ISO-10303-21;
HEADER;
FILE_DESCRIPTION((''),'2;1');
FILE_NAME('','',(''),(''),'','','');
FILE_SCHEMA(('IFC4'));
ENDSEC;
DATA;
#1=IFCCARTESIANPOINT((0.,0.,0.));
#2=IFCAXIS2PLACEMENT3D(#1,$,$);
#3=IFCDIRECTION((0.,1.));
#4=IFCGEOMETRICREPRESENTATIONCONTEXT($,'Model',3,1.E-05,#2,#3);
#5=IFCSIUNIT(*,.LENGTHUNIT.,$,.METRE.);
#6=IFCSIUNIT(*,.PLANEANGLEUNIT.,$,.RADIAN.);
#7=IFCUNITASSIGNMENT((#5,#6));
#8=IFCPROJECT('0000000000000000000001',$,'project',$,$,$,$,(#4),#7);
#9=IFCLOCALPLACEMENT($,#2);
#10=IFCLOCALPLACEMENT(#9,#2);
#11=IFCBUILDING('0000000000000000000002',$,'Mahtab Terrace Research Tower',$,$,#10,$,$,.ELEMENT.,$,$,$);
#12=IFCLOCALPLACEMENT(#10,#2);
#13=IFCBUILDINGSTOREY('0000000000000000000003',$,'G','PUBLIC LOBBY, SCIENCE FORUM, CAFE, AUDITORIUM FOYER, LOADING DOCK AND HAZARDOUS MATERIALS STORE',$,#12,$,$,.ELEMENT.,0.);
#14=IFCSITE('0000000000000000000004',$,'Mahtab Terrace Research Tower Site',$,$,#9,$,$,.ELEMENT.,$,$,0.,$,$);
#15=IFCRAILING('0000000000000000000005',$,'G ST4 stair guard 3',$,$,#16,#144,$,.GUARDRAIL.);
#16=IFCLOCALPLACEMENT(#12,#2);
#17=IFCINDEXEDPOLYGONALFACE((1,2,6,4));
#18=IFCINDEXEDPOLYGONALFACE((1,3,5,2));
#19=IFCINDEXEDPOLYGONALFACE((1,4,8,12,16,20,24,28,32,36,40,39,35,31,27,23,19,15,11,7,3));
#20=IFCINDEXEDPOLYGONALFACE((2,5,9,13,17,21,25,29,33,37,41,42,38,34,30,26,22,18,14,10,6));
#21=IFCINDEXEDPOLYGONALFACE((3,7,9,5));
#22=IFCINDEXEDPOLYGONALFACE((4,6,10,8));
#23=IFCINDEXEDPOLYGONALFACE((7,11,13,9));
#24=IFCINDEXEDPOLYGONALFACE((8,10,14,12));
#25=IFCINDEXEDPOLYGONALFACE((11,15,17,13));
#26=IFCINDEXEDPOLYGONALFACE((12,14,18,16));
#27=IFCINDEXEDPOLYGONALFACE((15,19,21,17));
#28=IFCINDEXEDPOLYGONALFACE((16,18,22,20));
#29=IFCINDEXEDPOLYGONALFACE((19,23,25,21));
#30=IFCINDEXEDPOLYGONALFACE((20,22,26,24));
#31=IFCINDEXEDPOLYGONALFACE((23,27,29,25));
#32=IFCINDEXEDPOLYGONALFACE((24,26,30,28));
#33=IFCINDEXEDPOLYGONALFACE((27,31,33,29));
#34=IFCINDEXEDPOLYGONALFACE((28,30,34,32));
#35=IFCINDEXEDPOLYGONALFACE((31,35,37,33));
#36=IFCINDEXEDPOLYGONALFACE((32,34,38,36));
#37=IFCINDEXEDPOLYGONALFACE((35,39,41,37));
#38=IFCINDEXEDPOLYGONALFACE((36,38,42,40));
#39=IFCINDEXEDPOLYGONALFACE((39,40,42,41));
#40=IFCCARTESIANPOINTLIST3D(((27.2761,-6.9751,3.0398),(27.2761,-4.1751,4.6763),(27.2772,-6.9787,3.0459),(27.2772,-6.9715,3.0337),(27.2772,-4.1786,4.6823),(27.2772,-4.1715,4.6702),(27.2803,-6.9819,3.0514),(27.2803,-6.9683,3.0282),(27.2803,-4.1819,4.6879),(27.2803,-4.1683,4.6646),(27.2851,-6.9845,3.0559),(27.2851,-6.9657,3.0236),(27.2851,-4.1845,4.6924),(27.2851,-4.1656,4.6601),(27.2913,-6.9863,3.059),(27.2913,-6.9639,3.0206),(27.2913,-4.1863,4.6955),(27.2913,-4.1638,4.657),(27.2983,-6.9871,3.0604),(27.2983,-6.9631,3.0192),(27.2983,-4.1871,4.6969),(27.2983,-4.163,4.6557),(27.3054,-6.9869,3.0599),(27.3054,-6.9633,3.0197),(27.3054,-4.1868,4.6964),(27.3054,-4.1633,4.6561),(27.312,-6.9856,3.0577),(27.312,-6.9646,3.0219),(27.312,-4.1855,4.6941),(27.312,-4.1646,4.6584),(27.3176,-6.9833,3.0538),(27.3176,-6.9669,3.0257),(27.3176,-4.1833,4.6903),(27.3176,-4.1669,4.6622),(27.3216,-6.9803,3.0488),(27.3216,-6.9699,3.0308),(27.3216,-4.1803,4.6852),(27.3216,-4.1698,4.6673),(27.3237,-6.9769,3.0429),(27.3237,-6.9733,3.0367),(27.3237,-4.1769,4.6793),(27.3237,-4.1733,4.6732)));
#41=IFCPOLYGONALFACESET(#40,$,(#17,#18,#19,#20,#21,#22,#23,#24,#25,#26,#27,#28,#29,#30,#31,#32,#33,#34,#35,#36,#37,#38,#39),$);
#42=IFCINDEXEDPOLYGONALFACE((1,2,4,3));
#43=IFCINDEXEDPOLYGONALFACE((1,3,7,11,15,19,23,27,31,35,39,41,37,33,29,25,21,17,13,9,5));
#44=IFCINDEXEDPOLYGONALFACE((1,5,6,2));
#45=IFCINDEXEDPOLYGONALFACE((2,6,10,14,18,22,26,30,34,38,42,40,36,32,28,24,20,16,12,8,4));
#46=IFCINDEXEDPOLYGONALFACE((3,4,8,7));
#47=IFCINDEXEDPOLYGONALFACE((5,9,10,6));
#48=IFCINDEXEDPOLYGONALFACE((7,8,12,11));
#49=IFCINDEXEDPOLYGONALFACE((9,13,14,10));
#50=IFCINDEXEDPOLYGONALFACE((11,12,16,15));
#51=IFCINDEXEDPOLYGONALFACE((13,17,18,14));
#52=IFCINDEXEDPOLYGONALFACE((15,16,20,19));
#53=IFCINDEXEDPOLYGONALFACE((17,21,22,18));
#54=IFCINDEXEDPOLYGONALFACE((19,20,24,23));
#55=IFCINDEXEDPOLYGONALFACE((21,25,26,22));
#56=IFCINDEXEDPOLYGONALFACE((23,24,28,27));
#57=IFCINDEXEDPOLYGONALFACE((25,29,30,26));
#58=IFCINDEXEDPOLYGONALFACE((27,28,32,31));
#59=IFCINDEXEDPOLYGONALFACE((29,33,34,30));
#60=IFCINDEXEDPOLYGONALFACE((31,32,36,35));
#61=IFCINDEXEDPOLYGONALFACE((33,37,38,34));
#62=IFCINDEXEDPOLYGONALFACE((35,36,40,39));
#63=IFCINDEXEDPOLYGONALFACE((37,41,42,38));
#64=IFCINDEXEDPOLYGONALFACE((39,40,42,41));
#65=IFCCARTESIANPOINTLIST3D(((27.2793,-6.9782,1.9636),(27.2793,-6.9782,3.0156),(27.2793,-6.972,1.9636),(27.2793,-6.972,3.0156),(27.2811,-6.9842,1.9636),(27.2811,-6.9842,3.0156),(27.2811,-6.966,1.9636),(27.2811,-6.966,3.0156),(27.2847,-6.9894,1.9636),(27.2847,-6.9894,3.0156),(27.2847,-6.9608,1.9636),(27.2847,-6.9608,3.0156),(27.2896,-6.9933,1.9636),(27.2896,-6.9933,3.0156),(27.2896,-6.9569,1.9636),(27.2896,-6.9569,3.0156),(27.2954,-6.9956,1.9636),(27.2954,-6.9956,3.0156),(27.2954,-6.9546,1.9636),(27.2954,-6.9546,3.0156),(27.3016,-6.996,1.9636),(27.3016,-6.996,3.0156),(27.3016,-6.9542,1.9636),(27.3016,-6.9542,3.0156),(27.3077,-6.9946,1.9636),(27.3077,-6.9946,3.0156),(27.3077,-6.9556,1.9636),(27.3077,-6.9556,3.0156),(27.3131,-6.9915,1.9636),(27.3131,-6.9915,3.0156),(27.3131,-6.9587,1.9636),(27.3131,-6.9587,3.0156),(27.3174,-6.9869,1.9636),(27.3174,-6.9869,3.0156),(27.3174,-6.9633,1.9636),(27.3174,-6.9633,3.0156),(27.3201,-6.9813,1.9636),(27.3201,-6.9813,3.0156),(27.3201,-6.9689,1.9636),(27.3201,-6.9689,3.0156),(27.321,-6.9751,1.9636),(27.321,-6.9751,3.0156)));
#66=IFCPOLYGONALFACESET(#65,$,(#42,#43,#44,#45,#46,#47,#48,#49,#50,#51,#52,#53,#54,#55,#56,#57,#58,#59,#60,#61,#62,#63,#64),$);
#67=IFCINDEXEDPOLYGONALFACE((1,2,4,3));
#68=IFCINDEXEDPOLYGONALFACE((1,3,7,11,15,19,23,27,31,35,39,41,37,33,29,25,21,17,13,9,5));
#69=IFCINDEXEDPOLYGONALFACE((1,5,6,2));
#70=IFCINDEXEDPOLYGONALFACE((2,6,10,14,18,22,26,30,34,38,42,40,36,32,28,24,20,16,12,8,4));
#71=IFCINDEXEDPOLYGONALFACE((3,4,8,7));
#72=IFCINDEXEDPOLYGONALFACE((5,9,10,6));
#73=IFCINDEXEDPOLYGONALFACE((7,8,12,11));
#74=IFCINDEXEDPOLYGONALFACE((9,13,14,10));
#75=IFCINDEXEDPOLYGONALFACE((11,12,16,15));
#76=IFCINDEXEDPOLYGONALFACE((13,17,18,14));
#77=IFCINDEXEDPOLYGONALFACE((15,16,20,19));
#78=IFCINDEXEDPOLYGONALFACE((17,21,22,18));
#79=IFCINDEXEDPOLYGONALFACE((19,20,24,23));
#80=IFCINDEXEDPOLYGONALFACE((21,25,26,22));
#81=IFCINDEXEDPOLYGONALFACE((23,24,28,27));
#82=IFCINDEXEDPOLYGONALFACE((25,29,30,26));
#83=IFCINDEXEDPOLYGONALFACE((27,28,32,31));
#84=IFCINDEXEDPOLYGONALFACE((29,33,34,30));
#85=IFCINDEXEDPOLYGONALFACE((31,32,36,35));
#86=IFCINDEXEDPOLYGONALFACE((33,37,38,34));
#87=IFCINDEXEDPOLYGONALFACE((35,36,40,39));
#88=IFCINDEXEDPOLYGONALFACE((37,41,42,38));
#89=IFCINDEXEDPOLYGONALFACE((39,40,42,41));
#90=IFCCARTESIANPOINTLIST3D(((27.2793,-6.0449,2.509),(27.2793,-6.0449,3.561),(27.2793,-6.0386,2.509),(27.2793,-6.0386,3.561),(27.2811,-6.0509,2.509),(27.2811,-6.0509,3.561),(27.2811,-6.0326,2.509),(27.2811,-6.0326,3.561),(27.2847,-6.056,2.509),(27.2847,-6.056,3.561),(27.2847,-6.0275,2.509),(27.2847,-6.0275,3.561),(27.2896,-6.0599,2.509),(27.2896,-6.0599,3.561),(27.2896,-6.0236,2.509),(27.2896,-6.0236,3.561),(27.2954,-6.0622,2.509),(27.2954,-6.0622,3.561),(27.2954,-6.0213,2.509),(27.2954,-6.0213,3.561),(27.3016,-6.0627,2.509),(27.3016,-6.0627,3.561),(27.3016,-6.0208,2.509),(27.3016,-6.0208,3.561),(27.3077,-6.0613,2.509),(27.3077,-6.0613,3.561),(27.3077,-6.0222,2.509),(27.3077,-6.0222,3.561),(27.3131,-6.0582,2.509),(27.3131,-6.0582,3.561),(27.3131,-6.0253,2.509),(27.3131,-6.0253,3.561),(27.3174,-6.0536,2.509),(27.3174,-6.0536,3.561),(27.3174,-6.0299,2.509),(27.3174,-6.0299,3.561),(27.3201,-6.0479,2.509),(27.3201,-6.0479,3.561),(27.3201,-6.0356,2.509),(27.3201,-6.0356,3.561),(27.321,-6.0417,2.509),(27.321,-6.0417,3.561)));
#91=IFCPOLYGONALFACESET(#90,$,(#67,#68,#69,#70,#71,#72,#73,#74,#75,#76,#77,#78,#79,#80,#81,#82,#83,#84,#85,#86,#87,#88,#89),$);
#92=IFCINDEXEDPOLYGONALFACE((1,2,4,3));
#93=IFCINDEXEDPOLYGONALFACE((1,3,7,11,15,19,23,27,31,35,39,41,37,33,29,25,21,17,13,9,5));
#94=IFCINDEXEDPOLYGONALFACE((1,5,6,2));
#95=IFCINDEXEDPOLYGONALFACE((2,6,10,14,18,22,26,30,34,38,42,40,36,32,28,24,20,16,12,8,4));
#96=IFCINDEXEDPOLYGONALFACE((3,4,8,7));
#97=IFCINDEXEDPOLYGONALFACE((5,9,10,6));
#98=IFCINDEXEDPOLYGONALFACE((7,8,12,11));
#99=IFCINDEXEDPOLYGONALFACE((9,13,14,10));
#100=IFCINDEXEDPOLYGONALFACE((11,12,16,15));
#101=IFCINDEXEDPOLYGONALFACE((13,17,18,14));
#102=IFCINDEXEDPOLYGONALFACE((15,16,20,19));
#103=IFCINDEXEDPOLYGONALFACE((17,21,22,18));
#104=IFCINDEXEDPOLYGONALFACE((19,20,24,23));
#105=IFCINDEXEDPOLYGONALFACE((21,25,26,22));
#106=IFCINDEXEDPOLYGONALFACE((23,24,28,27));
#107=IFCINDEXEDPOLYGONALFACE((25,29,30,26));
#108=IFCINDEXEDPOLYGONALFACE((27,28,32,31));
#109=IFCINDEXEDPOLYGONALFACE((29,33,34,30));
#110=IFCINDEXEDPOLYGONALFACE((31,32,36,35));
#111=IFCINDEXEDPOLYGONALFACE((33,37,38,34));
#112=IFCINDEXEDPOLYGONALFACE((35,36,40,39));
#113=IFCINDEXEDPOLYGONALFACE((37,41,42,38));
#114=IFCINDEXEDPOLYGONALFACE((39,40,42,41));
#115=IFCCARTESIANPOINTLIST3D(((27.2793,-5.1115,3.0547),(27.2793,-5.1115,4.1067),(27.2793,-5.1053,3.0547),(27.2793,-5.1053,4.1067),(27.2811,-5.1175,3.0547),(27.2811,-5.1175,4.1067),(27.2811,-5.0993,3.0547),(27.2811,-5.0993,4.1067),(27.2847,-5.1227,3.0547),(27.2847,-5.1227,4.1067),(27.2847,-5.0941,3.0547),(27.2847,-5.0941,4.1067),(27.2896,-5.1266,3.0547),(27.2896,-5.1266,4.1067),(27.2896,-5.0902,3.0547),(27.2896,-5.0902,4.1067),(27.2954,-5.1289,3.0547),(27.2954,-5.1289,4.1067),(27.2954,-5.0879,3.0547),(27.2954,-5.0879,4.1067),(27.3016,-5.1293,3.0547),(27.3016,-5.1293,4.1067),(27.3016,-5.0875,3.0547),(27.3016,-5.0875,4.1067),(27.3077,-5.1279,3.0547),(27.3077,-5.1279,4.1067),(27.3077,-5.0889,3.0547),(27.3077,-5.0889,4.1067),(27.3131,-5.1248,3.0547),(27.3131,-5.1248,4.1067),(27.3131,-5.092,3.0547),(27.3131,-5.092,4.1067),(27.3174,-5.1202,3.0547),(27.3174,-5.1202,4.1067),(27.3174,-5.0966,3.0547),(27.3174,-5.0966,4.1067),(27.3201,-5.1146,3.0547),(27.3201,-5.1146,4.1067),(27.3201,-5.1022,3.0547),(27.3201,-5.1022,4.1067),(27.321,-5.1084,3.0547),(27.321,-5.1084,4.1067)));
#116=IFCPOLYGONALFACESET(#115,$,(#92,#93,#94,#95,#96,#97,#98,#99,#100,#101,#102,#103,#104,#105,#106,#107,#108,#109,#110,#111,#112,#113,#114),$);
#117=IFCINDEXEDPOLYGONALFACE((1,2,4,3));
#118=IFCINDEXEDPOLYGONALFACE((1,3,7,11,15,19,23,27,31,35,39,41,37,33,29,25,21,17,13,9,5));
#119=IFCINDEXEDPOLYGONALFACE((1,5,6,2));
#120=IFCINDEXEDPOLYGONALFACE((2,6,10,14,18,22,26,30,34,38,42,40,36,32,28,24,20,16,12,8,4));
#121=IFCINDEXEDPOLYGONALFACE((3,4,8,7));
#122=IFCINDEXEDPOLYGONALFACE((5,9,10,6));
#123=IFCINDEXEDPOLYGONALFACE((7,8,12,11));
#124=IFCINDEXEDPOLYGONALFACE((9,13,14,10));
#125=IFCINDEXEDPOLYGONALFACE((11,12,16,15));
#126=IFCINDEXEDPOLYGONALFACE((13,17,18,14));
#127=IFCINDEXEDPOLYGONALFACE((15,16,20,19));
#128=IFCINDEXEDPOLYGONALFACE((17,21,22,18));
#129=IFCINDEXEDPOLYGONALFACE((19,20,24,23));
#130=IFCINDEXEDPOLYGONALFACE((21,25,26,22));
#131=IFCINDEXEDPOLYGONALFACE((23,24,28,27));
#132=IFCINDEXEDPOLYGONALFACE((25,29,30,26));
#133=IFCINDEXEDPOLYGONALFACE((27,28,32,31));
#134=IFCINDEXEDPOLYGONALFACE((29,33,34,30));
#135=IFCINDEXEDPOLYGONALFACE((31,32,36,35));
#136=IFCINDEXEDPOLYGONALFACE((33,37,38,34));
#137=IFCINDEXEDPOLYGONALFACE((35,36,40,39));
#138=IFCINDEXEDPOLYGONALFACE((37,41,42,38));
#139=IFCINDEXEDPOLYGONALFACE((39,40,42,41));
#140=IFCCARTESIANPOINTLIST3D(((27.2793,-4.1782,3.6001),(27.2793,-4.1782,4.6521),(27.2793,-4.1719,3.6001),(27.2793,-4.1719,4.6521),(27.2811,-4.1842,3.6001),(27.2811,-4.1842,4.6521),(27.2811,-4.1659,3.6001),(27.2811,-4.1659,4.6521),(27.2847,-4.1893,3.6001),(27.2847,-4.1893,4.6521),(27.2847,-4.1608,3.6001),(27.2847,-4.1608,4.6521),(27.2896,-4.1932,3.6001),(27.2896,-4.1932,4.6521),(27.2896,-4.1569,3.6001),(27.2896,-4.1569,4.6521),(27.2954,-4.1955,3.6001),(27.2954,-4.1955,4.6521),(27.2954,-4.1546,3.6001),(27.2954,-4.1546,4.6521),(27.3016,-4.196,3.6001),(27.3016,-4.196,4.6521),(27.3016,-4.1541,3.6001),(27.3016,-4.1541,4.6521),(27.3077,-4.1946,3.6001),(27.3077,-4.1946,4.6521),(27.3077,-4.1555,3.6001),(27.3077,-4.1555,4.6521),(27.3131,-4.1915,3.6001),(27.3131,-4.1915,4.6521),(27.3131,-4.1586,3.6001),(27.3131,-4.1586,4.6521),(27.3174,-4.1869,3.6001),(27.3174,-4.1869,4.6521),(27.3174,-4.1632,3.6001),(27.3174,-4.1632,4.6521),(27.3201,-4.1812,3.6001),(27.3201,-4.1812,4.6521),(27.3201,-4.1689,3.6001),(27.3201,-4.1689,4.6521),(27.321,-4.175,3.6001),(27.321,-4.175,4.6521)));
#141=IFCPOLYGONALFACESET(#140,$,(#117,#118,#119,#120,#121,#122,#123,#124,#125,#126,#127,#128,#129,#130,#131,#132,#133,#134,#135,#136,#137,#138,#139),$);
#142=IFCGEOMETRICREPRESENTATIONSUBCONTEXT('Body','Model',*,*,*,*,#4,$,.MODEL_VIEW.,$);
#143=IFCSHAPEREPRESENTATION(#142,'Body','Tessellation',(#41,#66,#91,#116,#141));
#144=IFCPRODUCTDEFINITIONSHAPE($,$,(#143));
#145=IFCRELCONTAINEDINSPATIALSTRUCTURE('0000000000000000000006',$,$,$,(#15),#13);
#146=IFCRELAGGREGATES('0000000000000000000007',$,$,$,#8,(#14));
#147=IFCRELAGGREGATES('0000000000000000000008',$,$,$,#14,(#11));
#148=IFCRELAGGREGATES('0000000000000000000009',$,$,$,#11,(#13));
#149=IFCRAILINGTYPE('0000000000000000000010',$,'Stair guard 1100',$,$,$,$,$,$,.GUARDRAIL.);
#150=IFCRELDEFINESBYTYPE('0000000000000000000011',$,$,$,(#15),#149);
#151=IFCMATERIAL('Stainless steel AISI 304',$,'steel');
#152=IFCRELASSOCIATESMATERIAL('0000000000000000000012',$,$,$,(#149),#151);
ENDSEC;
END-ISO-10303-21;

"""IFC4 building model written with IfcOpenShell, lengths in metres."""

from ifc_helpers import new_model, si_unit, direction, frame, origin, origin_2d, place, context, subcontext, project, spatial, circle, extrude, material, type_object, element, save


model = new_model("IFC4")

# Units and contexts
model_context = context("Model", 3, precision=1e-05, world=origin(), true_north=direction((0.0, 1.0)))
body_context = subcontext(model_context, "Body", "Model", "MODEL_VIEW")
ifc_project = project(units=[si_unit("LENGTHUNIT", "METRE"), si_unit("PLANEANGLEUNIT", "RADIAN")], contexts=[model_context])

# Site, building, storey
site_placement = place(None, origin())
site = spatial("IfcSite", under=ifc_project, at=site_placement, Name="Mahtab Terrace Research Tower Site", CompositionType="ELEMENT", RefElevation=0.0)
building_placement = place(site_placement, origin())
building = spatial("IfcBuilding", under=site, at=building_placement, Name="Mahtab Terrace Research Tower", CompositionType="ELEMENT")
storey_placement = place(building_placement, origin())
storey = spatial("IfcBuildingStorey", under=building, at=storey_placement, Name="G", Description="PUBLIC LOBBY, SCIENCE FORUM, CAFE, AUDITORIUM FOYER, LOADING DOCK AND HAZARDOUS MATERIALS STORE", CompositionType="ELEMENT", Elevation=0.0)

# Railing
ifc_material_1 = material(Name="Stainless steel AISI 304", Category="steel")
railing_type_1 = type_object("IfcRailingType", Name="Stair guard 1100", PredefinedType="GUARDRAIL", material=ifc_material_1)
railing_1_placement = place(storey_placement, frame((27.3, -6.9751, 1.9636)))
element("IfcRailing", 1, at=railing_1_placement, inside=storey, type_object=railing_type_1, Name="G ST4 stair guard 3", PredefinedType="GUARDRAIL", context=body_context, shape_type="SweptSolid", body=[
    extrude(circle(Radius=0.0239, at=origin_2d()), frame((0.0, 0.0, 1.0762), z_axis=(0.0, 0.863361, 0.504587), x_axis=(-1.0, 0.0, 0.0)), (0.0, 0.0, 1.0), 3.2432),
    extrude(circle(Radius=0.021, at=origin_2d()), origin(), (0.0, 0.0, 1.0), 1.052),
    extrude(circle(Radius=0.021, at=origin_2d()), frame((0.0, 0.9333, 0.5454)), (0.0, 0.0, 1.0), 1.052),
    extrude(circle(Radius=0.021, at=origin_2d()), frame((0.0, 1.8667, 1.0911)), (0.0, 0.0, 1.0), 1.052),
    extrude(circle(Radius=0.021, at=origin_2d()), frame((0.0, 2.8, 1.6365)), (0.0, 0.0, 1.0), 1.052),
])

save(model, "model.ifc")
